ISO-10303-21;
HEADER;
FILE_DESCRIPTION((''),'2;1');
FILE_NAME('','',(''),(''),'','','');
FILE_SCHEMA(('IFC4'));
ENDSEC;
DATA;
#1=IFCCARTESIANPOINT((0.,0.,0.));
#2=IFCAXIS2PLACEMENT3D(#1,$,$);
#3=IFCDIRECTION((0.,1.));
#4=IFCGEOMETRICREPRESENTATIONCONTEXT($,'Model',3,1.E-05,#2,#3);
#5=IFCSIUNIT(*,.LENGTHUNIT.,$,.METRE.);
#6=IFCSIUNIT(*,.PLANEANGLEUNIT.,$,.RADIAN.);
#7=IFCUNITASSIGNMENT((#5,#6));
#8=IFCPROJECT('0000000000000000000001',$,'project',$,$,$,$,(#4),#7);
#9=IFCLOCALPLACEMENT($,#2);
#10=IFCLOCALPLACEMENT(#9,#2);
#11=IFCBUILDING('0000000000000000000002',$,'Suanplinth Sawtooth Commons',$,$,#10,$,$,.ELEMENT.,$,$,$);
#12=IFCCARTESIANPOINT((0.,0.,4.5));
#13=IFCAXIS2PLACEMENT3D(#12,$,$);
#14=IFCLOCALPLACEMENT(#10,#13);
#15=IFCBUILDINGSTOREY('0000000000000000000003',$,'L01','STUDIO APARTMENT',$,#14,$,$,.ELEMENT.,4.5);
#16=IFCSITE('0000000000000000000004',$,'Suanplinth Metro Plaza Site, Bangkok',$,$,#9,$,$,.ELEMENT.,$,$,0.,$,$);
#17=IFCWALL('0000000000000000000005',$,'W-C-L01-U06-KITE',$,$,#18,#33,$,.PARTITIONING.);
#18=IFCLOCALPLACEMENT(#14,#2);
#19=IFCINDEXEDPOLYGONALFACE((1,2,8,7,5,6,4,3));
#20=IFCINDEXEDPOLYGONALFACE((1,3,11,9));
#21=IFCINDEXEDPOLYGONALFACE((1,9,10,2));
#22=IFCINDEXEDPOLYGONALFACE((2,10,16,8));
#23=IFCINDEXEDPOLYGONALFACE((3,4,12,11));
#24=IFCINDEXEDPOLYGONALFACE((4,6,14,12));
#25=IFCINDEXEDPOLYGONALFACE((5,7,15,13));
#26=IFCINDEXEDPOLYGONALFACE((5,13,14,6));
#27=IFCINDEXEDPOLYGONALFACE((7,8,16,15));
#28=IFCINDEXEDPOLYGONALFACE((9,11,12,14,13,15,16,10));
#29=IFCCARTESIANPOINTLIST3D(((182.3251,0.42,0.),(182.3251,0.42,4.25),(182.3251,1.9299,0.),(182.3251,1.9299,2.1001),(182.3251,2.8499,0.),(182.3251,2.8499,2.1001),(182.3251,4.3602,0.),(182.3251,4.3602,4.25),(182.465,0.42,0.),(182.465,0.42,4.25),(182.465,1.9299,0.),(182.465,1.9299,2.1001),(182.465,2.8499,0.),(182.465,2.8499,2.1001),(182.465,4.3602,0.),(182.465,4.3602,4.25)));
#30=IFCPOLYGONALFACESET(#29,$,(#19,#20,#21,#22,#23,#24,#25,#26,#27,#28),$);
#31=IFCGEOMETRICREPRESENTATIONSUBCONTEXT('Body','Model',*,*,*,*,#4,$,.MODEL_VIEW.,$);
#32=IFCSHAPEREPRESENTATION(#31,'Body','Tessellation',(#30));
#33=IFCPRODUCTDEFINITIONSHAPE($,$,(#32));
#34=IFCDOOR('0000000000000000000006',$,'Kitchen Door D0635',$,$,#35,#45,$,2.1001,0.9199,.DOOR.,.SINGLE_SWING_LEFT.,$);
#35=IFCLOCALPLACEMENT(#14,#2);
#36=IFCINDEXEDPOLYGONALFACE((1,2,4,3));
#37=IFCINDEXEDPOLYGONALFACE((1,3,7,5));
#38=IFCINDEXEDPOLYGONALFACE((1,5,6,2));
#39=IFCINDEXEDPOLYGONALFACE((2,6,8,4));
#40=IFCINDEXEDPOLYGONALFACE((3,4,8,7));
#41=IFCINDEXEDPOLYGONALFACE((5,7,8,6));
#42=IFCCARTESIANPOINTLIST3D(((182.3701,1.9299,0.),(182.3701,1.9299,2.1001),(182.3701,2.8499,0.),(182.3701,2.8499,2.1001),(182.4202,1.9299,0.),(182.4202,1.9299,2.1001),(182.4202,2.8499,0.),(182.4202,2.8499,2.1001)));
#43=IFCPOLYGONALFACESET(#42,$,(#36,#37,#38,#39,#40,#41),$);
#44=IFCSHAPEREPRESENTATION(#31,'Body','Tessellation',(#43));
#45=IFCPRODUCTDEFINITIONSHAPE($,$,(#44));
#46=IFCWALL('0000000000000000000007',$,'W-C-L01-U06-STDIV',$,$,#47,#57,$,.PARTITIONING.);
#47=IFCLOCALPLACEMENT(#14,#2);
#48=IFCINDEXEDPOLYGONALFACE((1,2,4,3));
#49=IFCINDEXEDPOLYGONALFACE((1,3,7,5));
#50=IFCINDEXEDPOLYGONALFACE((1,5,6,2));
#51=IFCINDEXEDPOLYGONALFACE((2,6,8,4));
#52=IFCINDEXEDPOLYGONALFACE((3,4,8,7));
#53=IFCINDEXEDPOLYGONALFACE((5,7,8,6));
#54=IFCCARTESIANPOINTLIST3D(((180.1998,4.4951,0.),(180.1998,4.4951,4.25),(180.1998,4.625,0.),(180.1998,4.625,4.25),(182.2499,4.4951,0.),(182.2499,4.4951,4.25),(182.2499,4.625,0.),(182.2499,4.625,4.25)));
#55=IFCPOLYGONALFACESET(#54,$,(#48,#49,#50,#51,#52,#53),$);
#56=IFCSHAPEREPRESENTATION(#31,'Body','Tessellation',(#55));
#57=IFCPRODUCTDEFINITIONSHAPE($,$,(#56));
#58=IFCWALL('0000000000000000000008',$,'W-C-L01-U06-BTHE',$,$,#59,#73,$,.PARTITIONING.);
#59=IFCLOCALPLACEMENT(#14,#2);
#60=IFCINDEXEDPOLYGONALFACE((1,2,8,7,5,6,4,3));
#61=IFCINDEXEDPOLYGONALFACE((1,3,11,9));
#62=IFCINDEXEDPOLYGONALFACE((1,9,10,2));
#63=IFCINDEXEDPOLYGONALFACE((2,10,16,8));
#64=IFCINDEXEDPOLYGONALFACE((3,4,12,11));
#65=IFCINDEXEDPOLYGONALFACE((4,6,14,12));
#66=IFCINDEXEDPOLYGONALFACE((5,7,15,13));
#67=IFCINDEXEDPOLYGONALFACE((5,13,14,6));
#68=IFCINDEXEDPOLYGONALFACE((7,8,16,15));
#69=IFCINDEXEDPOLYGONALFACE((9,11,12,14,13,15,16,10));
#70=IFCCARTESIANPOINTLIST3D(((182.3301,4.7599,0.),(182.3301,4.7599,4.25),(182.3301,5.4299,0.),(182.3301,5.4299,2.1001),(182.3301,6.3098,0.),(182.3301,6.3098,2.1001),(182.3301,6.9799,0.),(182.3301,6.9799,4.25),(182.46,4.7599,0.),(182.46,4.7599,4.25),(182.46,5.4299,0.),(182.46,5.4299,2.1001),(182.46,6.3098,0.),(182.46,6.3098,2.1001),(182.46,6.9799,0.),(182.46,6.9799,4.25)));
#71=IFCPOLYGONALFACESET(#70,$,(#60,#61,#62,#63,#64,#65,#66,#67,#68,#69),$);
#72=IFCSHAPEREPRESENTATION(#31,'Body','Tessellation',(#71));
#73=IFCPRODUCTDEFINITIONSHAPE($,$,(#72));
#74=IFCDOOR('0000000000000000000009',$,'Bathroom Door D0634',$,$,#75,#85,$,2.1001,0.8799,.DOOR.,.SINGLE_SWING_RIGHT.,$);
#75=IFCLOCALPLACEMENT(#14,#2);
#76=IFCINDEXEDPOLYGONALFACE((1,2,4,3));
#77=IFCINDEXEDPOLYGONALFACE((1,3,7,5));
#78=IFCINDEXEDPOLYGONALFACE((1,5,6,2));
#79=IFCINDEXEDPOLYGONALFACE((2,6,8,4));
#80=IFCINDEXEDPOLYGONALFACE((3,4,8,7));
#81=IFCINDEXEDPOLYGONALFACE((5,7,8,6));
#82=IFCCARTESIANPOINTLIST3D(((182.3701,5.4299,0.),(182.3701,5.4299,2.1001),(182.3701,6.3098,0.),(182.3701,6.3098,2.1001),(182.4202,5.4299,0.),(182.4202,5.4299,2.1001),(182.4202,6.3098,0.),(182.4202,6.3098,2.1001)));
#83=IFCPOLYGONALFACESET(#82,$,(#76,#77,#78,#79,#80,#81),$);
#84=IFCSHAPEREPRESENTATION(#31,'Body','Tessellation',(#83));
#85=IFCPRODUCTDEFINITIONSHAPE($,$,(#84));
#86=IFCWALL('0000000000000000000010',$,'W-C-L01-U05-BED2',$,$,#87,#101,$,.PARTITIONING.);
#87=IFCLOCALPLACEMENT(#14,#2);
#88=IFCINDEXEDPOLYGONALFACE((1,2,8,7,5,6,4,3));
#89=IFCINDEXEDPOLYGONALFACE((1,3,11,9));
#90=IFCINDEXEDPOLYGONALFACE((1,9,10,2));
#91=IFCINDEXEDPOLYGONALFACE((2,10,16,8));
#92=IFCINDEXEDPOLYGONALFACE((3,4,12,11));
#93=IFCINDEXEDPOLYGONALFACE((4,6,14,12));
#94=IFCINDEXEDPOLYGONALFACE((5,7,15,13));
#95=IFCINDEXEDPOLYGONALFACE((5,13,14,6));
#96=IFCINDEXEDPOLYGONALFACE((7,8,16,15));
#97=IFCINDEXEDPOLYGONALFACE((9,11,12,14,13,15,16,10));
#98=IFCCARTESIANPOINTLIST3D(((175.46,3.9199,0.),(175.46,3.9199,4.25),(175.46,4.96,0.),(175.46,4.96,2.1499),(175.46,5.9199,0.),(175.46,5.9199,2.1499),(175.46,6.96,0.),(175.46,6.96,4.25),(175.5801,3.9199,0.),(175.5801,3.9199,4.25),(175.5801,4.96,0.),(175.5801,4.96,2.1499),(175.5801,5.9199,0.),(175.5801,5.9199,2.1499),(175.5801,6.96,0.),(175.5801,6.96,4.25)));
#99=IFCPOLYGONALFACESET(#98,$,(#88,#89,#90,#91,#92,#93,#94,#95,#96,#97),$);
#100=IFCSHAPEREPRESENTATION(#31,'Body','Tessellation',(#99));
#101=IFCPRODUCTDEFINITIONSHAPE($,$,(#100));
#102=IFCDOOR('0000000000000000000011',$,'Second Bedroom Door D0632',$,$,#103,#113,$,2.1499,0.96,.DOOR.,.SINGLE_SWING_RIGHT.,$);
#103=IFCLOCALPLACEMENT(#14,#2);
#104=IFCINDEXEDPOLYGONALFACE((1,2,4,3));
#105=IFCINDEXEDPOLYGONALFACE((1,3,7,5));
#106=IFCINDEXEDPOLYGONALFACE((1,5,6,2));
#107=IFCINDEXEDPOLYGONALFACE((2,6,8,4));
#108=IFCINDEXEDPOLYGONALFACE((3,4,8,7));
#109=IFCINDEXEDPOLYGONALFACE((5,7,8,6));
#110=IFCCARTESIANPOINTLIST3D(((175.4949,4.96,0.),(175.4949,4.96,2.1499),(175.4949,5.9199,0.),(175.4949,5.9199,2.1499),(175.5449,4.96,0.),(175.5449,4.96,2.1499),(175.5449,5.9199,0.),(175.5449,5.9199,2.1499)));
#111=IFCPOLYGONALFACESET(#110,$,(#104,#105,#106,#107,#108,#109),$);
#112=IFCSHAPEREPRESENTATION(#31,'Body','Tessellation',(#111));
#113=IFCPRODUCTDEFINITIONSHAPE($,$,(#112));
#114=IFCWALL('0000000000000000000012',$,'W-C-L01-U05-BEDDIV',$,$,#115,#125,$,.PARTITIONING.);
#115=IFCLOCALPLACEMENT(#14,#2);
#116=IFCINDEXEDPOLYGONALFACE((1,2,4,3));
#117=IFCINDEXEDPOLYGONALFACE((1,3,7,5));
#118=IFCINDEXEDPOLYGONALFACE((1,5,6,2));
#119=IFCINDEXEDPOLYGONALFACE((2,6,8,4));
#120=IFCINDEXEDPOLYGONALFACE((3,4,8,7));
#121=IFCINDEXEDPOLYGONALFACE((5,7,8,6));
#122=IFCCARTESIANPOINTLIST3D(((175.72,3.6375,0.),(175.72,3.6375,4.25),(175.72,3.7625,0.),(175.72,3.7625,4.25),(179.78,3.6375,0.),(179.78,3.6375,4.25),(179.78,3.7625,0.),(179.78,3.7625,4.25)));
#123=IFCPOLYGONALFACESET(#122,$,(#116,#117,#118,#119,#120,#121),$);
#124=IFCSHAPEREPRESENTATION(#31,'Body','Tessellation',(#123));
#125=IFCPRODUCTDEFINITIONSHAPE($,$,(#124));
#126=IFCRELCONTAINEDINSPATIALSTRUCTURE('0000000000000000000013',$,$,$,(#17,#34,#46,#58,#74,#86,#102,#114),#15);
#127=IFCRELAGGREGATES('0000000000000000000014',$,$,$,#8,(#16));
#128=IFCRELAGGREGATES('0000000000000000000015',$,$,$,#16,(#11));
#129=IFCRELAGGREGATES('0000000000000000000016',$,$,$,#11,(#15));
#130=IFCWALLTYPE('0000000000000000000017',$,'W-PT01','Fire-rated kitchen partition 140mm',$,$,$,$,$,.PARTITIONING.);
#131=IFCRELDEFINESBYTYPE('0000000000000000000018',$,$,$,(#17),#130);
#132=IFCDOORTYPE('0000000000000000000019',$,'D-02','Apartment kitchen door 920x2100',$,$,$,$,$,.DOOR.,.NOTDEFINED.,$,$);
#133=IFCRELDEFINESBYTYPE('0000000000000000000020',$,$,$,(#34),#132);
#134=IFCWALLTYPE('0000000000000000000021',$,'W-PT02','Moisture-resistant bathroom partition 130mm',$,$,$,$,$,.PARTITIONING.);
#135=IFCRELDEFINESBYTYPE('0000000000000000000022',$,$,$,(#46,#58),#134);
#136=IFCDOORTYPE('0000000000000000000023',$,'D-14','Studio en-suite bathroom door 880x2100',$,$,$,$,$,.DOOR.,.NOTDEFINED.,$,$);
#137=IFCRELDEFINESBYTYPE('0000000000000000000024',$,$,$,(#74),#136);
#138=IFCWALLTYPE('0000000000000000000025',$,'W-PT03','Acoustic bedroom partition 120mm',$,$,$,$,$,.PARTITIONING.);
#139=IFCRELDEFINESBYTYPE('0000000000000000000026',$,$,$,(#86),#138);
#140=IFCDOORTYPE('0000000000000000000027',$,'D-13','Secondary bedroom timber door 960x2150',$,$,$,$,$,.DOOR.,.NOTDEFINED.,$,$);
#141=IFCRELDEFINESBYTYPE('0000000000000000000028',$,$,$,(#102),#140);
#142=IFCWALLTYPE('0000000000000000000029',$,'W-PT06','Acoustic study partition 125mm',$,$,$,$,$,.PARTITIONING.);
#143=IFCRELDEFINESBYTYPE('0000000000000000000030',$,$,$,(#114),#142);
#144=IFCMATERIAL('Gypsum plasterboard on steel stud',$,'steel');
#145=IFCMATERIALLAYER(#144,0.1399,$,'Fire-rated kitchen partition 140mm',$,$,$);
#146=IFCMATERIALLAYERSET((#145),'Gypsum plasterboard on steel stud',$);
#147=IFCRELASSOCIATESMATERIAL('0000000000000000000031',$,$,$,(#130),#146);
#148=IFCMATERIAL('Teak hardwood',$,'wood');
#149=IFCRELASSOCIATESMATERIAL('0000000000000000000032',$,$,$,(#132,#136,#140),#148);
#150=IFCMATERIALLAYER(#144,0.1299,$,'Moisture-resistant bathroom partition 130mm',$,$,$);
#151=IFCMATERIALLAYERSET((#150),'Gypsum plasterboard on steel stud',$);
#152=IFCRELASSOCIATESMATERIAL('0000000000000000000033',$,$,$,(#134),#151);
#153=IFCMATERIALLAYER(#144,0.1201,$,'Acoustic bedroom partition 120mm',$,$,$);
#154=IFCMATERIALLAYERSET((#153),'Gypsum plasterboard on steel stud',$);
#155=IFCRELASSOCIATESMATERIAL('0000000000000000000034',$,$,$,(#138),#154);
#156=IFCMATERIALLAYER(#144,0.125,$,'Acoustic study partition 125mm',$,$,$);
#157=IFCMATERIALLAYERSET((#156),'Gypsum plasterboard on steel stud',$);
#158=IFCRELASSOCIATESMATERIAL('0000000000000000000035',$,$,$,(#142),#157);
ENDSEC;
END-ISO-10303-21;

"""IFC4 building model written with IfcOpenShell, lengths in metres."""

from ifc_helpers import new_model, si_unit, direction, frame, frame_2d, origin, place, context, subcontext, project, spatial, rectangle, extrude, material, layer, layer_set, type_object, element, fill, save


model = new_model("IFC4")

# Units and contexts
model_context = context("Model", 3, precision=1e-05, world=origin(), true_north=direction((0.0, 1.0)))
body_context = subcontext(model_context, "Body", "Model", "MODEL_VIEW")
ifc_project = project(units=[si_unit("LENGTHUNIT", "METRE"), si_unit("PLANEANGLEUNIT", "RADIAN")], contexts=[model_context])

# Site, building, storey
site_placement = place(None, origin())
site = spatial("IfcSite", under=ifc_project, at=site_placement, Name="Suanplinth Metro Plaza Site, Bangkok", CompositionType="ELEMENT", RefElevation=0.0)
building_placement = place(site_placement, origin())
building = spatial("IfcBuilding", under=site, at=building_placement, Name="Suanplinth Sawtooth Commons", CompositionType="ELEMENT")
storey_placement = place(building_placement, frame((0.0, 0.0, 4.5)))
storey = spatial("IfcBuildingStorey", under=building, at=storey_placement, Name="L01", Description="STUDIO APARTMENT", CompositionType="ELEMENT", Elevation=4.5)

# Wall, opening, door
ifc_material_1 = material(Name="Gypsum plasterboard on steel stud", Category="steel")
ifc_layer_1 = layer(ifc_material_1, 0.1399, Name="Fire-rated kitchen partition 140mm")
ifc_layer_set_1 = layer_set([ifc_layer_1], Name="Gypsum plasterboard on steel stud")
wall_type_1 = type_object("IfcWallType", Name="W-PT01", Description="Fire-rated kitchen partition 140mm", PredefinedType="PARTITIONING", material=ifc_layer_set_1)
wall_1_placement = place(storey_placement, frame((182.395, 0.4199, 0.0), z_axis=(0.0, 0.0, 1.0), x_axis=(0.0, 1.0, 0.0)))
wall_1 = element("IfcWall", 1, at=wall_1_placement, inside=storey, type_object=wall_type_1, Name="W-C-L01-U06-KITE", PredefinedType="PARTITIONING", context=body_context, shape_type="SweptSolid", body=[
    extrude(rectangle(XDim=3.9402, YDim=0.1399, at=frame_2d((1.9702, 0.0))), origin(), (0.0, 0.0, 1.0), 4.25),
])
opening_1_placement = place(wall_1_placement, frame((1.51, 0.0, 0.0)))
opening_1 = element("IfcOpeningElement", 2, at=opening_1_placement, cuts=wall_1, PredefinedType="OPENING", context=body_context, shape_type="SweptSolid", body=[
    extrude(rectangle(XDim=0.9199, YDim=2.1001, at=frame_2d((0.46, 1.05))), frame((0.0, 0.085, 0.0), z_axis=(0.0, -1.0, 0.0), x_axis=(1.0, 0.0, 0.0)), (0.0, 0.0, 1.0), 0.1697),
])
ifc_material_2 = material(Name="Teak hardwood", Category="wood")
door_type_1 = type_object("IfcDoorType", Name="D-02", Description="Apartment kitchen door 920x2100", OperationType="NOTDEFINED", PredefinedType="DOOR", material=ifc_material_2)
door_1_placement = place(opening_1_placement, origin())
door_1 = element("IfcDoor", 3, at=door_1_placement, inside=storey, type_object=door_type_1, Name="Kitchen Door D0635", OperationType="SINGLE_SWING_LEFT", OverallHeight=2.1001, OverallWidth=0.9199, PredefinedType="DOOR", context=body_context, shape_type="SweptSolid", body=[
    extrude(rectangle(XDim=0.9199, YDim=2.1001, at=frame_2d((0.46, 1.05))), frame((0.0, 0.0249, 0.0), z_axis=(0.0, -1.0, 0.0), x_axis=(1.0, 0.0, 0.0)), (0.0, 0.0, 1.0), 0.05),
])
fill(opening_1, door_1)

# Wall
ifc_layer_2 = layer(ifc_material_1, 0.1299, Name="Moisture-resistant bathroom partition 130mm")
ifc_layer_set_2 = layer_set([ifc_layer_2], Name="Gypsum plasterboard on steel stud")
wall_type_2 = type_object("IfcWallType", Name="W-PT02", Description="Moisture-resistant bathroom partition 130mm", PredefinedType="PARTITIONING", material=ifc_layer_set_2)
wall_2_placement = place(storey_placement, frame((180.2, 4.5601, 0.0), z_axis=(0.0, 0.0, 1.0), x_axis=(1.0, 0.0, 0.0)))
element("IfcWall", 4, at=wall_2_placement, inside=storey, type_object=wall_type_2, Name="W-C-L01-U06-STDIV", PredefinedType="PARTITIONING", context=body_context, shape_type="SweptSolid", body=[
    extrude(rectangle(XDim=2.05, YDim=0.1299, at=frame_2d((1.0249, 0.0))), origin(), (0.0, 0.0, 1.0), 4.25),
])

# Walls, openings, doors
wall_3_placement = place(storey_placement, frame((182.395, 4.76, 0.0), z_axis=(0.0, 0.0, 1.0), x_axis=(0.0, 1.0, 0.0)))
wall_3 = element("IfcWall", 5, at=wall_3_placement, inside=storey, type_object=wall_type_2, Name="W-C-L01-U06-BTHE", PredefinedType="PARTITIONING", context=body_context, shape_type="SweptSolid", body=[
    extrude(rectangle(XDim=2.22, YDim=0.1299, at=frame_2d((1.1099, 0.0))), origin(), (0.0, 0.0, 1.0), 4.25),
])
opening_2_placement = place(wall_3_placement, frame((0.6699, 0.0, 0.0)))
opening_2 = element("IfcOpeningElement", 6, at=opening_2_placement, cuts=wall_3, PredefinedType="OPENING", context=body_context, shape_type="SweptSolid", body=[
    extrude(rectangle(XDim=0.8799, YDim=2.1001, at=frame_2d((0.4399, 1.05))), frame((0.0, 0.0798, 0.0), z_axis=(0.0, -1.0, 0.0), x_axis=(1.0, 0.0, 0.0)), (0.0, 0.0, 1.0), 0.1597),
])
door_type_2 = type_object("IfcDoorType", Name="D-14", Description="Studio en-suite bathroom door 880x2100", OperationType="NOTDEFINED", PredefinedType="DOOR", material=ifc_material_2)
door_2_placement = place(opening_2_placement, origin())
door_2 = element("IfcDoor", 7, at=door_2_placement, inside=storey, type_object=door_type_2, Name="Bathroom Door D0634", OperationType="SINGLE_SWING_RIGHT", OverallHeight=2.1001, OverallWidth=0.8799, PredefinedType="DOOR", context=body_context, shape_type="SweptSolid", body=[
    extrude(rectangle(XDim=0.8799, YDim=2.1001, at=frame_2d((0.4399, 1.05))), frame((0.0, 0.0249, 0.0), z_axis=(0.0, -1.0, 0.0), x_axis=(1.0, 0.0, 0.0)), (0.0, 0.0, 1.0), 0.05),
])
fill(opening_2, door_2)
ifc_layer_3 = layer(ifc_material_1, 0.1201, Name="Acoustic bedroom partition 120mm")
ifc_layer_set_3 = layer_set([ifc_layer_3], Name="Gypsum plasterboard on steel stud")
wall_type_3 = type_object("IfcWallType", Name="W-PT03", Description="Acoustic bedroom partition 120mm", PredefinedType="PARTITIONING", material=ifc_layer_set_3)
wall_4_placement = place(storey_placement, frame((175.52, 3.9199, 0.0), z_axis=(0.0, 0.0, 1.0), x_axis=(0.0, 1.0, 0.0)))
wall_4 = element("IfcWall", 8, at=wall_4_placement, inside=storey, type_object=wall_type_3, Name="W-C-L01-U05-BED2", PredefinedType="PARTITIONING", context=body_context, shape_type="SweptSolid", body=[
    extrude(rectangle(XDim=3.04, YDim=0.1201, at=frame_2d((1.52, 0.0))), origin(), (0.0, 0.0, 1.0), 4.25),
])
opening_3_placement = place(wall_4_placement, frame((1.04, 0.0, 0.0)))
opening_3 = element("IfcOpeningElement", 9, at=opening_3_placement, cuts=wall_4, PredefinedType="OPENING", context=body_context, shape_type="SweptSolid", body=[
    extrude(rectangle(XDim=0.96, YDim=2.1499, at=frame_2d((0.48, 1.075))), frame((0.0, 0.075, 0.0), z_axis=(0.0, -1.0, 0.0), x_axis=(1.0, 0.0, 0.0)), (0.0, 0.0, 1.0), 0.1499),
])
door_type_3 = type_object("IfcDoorType", Name="D-13", Description="Secondary bedroom timber door 960x2150", OperationType="NOTDEFINED", PredefinedType="DOOR", material=ifc_material_2)
door_3_placement = place(opening_3_placement, frame((0.96, 0.0, 0.0), z_axis=(0.0, 0.0, 1.0), x_axis=(-1.0, 0.0, 0.0)))
door_3 = element("IfcDoor", 10, at=door_3_placement, inside=storey, type_object=door_type_3, Name="Second Bedroom Door D0632", OperationType="SINGLE_SWING_RIGHT", OverallHeight=2.1499, OverallWidth=0.96, PredefinedType="DOOR", context=body_context, shape_type="SweptSolid", body=[
    extrude(rectangle(XDim=0.96, YDim=2.1499, at=frame_2d((0.48, 1.075))), frame((0.0, 0.0249, 0.0), z_axis=(0.0, -1.0, 0.0), x_axis=(1.0, 0.0, 0.0)), (0.0, 0.0, 1.0), 0.05),
])
fill(opening_3, door_3)

# Wall
ifc_layer_4 = layer(ifc_material_1, 0.125, Name="Acoustic study partition 125mm")
ifc_layer_set_4 = layer_set([ifc_layer_4], Name="Gypsum plasterboard on steel stud")
wall_type_4 = type_object("IfcWallType", Name="W-PT06", Description="Acoustic study partition 125mm", PredefinedType="PARTITIONING", material=ifc_layer_set_4)
wall_5_placement = place(storey_placement, frame((175.72, 3.7, 0.0), z_axis=(0.0, 0.0, 1.0), x_axis=(1.0, 0.0, 0.0)))
element("IfcWall", 11, at=wall_5_placement, inside=storey, type_object=wall_type_4, Name="W-C-L01-U05-BEDDIV", PredefinedType="PARTITIONING", context=body_context, shape_type="SweptSolid", body=[
    extrude(rectangle(XDim=4.0601, YDim=0.125, at=frame_2d((2.03, 0.0))), origin(), (0.0, 0.0, 1.0), 4.25),
])

save(model, "model.ifc")
